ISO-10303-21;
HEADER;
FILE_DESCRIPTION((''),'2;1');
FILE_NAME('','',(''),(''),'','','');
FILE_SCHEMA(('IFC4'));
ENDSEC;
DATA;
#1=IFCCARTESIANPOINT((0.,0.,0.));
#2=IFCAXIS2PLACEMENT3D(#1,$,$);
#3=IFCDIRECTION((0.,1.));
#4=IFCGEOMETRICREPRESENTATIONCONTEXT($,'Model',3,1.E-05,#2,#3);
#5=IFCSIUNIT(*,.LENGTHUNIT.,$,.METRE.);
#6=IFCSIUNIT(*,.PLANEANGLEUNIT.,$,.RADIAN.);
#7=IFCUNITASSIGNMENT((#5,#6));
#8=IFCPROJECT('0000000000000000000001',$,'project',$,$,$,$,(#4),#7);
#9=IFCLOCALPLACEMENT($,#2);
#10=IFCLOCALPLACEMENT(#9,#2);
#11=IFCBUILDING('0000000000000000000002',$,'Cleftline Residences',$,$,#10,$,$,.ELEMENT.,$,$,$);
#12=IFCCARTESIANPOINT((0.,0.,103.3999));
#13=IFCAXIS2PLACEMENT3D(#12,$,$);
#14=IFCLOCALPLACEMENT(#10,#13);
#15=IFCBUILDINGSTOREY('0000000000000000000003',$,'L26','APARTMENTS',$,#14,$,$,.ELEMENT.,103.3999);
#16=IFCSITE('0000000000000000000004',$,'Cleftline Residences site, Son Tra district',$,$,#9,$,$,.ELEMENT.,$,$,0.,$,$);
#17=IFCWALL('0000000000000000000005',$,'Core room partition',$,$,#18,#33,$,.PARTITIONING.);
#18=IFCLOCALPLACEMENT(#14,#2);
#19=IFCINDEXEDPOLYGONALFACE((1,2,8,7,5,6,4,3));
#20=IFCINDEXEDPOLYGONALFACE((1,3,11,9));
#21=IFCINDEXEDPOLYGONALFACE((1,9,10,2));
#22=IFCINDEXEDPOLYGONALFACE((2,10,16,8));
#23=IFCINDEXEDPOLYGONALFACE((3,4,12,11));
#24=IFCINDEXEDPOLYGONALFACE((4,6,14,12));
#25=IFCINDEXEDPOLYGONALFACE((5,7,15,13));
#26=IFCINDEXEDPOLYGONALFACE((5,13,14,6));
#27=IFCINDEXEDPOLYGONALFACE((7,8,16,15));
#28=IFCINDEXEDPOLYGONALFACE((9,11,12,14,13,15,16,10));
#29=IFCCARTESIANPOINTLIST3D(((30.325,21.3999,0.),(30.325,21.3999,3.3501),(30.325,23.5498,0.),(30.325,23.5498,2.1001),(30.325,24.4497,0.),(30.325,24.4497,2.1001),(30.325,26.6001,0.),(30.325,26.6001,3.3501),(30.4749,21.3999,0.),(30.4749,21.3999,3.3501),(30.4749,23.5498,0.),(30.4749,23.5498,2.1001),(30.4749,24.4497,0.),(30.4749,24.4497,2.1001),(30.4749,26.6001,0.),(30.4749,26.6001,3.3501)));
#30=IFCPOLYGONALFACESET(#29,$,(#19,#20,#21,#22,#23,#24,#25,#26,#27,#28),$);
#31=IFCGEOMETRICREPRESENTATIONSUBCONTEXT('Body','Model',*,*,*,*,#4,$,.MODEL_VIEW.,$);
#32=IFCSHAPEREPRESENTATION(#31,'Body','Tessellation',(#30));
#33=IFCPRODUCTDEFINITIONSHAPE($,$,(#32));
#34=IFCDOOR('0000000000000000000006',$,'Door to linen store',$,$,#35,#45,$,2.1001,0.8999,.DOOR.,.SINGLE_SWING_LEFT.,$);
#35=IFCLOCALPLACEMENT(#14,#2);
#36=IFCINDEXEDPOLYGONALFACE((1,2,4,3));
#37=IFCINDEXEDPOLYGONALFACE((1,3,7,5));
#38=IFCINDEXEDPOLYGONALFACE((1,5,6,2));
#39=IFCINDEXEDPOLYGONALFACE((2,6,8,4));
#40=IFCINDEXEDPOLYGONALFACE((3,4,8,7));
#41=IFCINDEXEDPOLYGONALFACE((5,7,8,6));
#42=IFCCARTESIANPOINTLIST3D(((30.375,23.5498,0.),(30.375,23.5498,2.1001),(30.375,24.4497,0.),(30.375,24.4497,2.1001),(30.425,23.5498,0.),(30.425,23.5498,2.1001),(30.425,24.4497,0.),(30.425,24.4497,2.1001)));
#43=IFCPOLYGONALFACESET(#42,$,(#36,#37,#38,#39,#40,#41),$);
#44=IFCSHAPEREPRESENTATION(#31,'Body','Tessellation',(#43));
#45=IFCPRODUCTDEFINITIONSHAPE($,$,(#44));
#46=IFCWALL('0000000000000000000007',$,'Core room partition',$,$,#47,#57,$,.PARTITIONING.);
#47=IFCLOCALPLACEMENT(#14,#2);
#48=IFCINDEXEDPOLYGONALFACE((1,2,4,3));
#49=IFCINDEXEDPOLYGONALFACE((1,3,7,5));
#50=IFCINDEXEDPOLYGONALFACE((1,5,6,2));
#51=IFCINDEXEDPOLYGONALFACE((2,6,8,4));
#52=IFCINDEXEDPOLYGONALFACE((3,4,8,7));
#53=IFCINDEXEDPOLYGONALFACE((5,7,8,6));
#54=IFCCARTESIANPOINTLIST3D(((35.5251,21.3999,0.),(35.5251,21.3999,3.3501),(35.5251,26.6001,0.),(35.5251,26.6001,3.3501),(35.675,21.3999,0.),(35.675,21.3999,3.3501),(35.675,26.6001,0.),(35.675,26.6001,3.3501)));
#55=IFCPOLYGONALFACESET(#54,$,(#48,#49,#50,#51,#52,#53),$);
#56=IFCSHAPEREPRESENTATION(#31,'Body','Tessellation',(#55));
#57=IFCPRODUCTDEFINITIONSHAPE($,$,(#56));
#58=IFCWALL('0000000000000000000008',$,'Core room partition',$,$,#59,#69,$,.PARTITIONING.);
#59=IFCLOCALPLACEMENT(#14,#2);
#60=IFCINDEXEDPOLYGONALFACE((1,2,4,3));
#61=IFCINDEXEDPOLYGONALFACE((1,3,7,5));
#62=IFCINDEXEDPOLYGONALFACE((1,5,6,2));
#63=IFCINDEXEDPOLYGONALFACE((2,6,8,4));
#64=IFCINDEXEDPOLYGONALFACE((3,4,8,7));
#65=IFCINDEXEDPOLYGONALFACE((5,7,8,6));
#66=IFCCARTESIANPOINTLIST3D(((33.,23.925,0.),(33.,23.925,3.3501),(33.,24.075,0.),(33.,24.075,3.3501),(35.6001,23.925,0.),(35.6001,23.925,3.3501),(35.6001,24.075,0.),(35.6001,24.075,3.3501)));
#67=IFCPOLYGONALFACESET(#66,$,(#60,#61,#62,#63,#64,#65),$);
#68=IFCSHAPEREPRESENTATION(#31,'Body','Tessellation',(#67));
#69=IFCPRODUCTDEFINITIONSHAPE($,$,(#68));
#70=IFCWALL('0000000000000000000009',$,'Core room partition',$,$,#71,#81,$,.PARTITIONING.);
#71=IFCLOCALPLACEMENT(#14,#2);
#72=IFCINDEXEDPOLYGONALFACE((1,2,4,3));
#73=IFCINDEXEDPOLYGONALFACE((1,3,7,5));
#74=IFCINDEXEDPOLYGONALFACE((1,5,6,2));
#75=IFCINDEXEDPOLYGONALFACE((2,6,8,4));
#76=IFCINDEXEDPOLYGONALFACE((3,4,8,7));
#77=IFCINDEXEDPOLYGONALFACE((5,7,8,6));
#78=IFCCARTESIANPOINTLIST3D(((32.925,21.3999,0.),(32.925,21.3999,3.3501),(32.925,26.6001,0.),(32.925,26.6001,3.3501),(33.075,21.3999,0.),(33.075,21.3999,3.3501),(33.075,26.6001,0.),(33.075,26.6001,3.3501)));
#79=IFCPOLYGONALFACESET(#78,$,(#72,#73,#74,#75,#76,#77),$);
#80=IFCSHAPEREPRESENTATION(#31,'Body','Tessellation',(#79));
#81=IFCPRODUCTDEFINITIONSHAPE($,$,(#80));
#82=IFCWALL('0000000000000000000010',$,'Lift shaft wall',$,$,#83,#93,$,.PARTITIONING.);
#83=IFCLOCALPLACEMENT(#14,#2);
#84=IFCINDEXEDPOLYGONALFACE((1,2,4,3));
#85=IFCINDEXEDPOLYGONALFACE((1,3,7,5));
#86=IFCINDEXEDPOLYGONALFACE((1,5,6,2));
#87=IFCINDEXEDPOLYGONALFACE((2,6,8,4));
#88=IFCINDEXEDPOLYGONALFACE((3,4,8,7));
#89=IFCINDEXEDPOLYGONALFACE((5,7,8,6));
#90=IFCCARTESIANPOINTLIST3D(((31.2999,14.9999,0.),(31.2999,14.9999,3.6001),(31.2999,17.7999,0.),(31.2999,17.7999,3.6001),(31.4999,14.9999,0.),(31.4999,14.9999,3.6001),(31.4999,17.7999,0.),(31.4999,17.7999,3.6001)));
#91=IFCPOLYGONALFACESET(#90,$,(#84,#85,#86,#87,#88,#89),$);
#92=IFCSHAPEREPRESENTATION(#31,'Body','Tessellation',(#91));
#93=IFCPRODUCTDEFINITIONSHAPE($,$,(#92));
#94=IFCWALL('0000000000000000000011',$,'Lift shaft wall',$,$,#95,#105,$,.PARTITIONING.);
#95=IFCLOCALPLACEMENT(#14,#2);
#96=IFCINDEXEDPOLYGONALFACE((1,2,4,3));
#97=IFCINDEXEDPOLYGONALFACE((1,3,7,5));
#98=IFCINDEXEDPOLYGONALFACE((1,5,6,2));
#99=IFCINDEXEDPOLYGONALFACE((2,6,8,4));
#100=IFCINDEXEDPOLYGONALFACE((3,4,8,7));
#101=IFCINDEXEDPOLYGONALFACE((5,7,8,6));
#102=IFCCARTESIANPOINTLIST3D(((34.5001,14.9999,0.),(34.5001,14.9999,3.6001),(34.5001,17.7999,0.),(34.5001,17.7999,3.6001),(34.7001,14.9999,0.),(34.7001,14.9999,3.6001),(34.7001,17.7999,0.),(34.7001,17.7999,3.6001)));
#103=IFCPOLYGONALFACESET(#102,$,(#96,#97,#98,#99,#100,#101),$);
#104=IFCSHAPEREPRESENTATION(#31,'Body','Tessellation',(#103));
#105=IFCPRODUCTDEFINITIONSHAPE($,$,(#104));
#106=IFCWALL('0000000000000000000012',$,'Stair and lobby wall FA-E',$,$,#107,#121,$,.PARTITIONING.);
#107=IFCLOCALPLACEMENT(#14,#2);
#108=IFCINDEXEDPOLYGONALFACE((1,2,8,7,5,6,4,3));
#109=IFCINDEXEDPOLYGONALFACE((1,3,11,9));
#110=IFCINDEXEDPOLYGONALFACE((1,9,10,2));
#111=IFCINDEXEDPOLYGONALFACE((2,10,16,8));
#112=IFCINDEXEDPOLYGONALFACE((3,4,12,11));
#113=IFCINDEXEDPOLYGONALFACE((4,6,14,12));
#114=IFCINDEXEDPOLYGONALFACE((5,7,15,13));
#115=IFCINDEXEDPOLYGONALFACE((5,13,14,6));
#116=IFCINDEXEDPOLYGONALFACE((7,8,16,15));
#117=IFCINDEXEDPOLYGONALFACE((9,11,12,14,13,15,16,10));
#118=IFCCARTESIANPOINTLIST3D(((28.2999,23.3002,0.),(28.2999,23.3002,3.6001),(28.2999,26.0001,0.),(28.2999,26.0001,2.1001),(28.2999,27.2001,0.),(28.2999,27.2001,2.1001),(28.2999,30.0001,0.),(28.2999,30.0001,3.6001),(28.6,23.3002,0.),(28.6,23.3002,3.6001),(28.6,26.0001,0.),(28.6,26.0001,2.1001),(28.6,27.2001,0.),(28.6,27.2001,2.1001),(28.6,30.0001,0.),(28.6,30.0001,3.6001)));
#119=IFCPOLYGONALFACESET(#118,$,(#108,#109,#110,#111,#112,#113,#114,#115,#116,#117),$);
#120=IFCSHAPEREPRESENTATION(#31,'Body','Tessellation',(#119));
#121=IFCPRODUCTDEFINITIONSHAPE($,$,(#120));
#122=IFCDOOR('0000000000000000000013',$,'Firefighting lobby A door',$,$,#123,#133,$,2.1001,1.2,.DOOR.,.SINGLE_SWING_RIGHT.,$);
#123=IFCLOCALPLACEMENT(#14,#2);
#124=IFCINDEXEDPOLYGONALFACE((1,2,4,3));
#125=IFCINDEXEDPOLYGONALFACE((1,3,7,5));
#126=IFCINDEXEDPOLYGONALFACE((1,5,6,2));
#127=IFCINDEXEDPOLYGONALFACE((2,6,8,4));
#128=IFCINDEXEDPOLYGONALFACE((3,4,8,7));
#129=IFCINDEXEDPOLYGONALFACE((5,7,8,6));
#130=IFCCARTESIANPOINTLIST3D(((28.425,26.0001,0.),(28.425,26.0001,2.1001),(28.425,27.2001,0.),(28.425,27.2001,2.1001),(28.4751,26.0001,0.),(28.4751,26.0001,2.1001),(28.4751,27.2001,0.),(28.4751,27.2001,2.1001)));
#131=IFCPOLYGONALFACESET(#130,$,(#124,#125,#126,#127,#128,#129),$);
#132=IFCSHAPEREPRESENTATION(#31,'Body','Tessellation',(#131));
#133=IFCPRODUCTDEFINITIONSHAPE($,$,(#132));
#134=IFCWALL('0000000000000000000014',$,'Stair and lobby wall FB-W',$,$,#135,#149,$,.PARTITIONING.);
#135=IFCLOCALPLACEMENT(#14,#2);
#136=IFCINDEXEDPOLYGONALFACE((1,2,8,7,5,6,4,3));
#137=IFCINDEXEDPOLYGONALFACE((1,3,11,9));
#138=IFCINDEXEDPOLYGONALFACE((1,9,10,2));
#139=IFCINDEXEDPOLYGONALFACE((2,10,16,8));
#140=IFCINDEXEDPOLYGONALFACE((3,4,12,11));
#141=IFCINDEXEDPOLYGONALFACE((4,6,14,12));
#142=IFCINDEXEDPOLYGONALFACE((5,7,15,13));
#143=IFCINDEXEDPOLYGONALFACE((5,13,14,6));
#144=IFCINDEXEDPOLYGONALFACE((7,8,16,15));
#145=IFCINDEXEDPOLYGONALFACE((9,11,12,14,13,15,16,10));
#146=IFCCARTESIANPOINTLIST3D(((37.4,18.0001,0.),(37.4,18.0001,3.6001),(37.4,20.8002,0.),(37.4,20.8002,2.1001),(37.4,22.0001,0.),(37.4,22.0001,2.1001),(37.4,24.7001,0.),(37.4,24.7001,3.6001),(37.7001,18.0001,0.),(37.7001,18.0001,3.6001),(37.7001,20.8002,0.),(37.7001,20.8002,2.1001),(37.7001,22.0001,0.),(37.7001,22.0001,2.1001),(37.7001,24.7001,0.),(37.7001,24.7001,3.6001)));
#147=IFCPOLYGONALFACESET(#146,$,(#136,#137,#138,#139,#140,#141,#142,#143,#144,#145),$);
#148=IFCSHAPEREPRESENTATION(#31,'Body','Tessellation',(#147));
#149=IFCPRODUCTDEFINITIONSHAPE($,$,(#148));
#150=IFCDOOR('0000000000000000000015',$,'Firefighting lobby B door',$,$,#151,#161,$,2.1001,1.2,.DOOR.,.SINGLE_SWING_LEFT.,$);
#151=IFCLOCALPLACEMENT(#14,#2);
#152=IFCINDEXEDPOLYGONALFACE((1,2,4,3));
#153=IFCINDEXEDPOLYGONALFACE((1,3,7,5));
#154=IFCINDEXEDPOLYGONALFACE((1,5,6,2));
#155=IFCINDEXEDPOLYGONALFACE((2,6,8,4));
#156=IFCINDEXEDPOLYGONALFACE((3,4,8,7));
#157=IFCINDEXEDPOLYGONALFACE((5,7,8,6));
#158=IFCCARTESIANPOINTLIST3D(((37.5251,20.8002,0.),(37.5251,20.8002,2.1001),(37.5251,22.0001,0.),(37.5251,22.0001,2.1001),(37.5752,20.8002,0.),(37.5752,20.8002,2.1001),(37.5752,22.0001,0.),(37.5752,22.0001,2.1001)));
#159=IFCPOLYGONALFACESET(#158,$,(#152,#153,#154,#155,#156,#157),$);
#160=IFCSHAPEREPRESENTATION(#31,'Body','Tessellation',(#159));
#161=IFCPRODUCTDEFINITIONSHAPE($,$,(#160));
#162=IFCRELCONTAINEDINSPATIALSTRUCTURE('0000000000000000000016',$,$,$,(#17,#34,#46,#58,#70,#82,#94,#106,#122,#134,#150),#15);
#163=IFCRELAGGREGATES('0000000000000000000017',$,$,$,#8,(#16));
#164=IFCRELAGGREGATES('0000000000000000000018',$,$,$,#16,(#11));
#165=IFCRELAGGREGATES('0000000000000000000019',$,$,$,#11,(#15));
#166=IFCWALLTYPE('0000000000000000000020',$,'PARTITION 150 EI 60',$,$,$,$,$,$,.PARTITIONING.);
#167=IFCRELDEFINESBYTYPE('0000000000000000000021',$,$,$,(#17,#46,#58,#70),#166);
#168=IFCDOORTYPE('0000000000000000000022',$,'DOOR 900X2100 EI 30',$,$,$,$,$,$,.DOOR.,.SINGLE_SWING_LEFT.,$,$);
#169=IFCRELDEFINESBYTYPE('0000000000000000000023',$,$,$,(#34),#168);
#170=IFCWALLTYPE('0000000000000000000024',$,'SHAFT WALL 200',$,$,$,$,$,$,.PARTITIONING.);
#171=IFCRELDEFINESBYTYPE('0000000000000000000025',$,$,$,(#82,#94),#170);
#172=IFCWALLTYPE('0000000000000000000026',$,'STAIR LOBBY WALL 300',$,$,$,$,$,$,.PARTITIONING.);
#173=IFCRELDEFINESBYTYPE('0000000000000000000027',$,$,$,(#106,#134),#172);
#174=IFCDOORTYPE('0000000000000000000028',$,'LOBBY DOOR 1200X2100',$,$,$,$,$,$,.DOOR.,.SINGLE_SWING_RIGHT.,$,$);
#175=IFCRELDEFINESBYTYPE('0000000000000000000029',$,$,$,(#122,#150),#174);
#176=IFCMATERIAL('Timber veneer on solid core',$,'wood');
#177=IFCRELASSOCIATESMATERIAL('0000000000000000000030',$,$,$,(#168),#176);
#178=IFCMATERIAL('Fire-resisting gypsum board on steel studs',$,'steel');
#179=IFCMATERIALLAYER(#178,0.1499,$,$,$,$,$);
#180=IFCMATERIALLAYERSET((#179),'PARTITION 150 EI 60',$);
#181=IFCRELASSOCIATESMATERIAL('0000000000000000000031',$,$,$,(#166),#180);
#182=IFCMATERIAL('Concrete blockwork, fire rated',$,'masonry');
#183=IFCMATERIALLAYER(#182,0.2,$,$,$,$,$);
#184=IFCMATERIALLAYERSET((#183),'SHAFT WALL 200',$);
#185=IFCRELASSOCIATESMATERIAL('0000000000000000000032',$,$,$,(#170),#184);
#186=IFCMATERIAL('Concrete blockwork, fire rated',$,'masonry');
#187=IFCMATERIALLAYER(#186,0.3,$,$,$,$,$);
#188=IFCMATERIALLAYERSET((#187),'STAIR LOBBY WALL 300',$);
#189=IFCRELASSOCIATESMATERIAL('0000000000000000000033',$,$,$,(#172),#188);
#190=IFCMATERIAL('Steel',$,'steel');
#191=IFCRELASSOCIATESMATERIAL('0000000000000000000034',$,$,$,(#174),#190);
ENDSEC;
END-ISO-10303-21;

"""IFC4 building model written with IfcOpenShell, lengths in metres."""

from ifc_helpers import new_model, si_unit, direction, frame, frame_2d, origin, place, context, subcontext, project, spatial, rectangle, extrude, material, layer, layer_set, type_object, element, fill, save


model = new_model("IFC4")

# Units and contexts
model_context = context("Model", 3, precision=1e-05, world=origin(), true_north=direction((0.0, 1.0)))
body_context = subcontext(model_context, "Body", "Model", "MODEL_VIEW")
ifc_project = project(units=[si_unit("LENGTHUNIT", "METRE"), si_unit("PLANEANGLEUNIT", "RADIAN")], contexts=[model_context])

# Site, building, storey
site_placement = place(None, origin())
site = spatial("IfcSite", under=ifc_project, at=site_placement, Name="Cleftline Residences site, Son Tra district", CompositionType="ELEMENT", RefElevation=0.0)
building_placement = place(site_placement, origin())
building = spatial("IfcBuilding", under=site, at=building_placement, Name="Cleftline Residences", CompositionType="ELEMENT")
storey_placement = place(building_placement, frame((0.0, 0.0, 103.3999)))
storey = spatial("IfcBuildingStorey", under=building, at=storey_placement, Name="L26", Description="APARTMENTS", CompositionType="ELEMENT", Elevation=103.3999)

# Shared definitions
ifc_material_1 = material(Name="Timber veneer on solid core", Category="wood")
door_type_1 = type_object("IfcDoorType", Name="DOOR 900X2100 EI 30", OperationType="SINGLE_SWING_LEFT", PredefinedType="DOOR", material=ifc_material_1)

# Wall, opening, door
ifc_material_2 = material(Name="Fire-resisting gypsum board on steel studs", Category="steel")
ifc_layer_1 = layer(ifc_material_2, 0.1499)
ifc_layer_set_1 = layer_set([ifc_layer_1], Name="PARTITION 150 EI 60")
wall_type_1 = type_object("IfcWallType", Name="PARTITION 150 EI 60", PredefinedType="PARTITIONING", material=ifc_layer_set_1)
wall_1_placement = place(storey_placement, frame((30.3999, 21.3999, 0.0), z_axis=(0.0, 0.0, 1.0), x_axis=(0.0, 1.0, 0.0)))
wall_1 = element("IfcWall", 1, at=wall_1_placement, inside=storey, type_object=wall_type_1, Name="Core room partition", PredefinedType="PARTITIONING", context=body_context, shape_type="SweptSolid", body=[
    extrude(rectangle(XDim=5.2002, YDim=0.1499, at=frame_2d((2.6001, 0.0))), origin(), (0.0, 0.0, 1.0), 3.3501),
])
opening_1_placement = place(wall_1_placement, frame((2.1499, 0.0, 0.0)))
opening_1 = element("IfcOpeningElement", 2, at=opening_1_placement, cuts=wall_1, PredefinedType="OPENING", context=body_context, shape_type="SweptSolid", body=[
    extrude(rectangle(XDim=0.8999, YDim=2.1001, at=frame_2d((0.45, 1.05))), frame((0.0, 0.085, 0.0), z_axis=(0.0, -1.0, 0.0), x_axis=(1.0, 0.0, 0.0)), (0.0, 0.0, 1.0), 0.1699),
])
door_1_placement = place(opening_1_placement, origin())
door_1 = element("IfcDoor", 3, at=door_1_placement, inside=storey, type_object=door_type_1, Name="Door to linen store", OperationType="SINGLE_SWING_LEFT", OverallHeight=2.1001, OverallWidth=0.8999, PredefinedType="DOOR", context=body_context, shape_type="SweptSolid", body=[
    extrude(rectangle(XDim=0.8999, YDim=2.1001, at=frame_2d((0.45, 1.05))), frame((0.0, 0.0249, 0.0), z_axis=(0.0, -1.0, 0.0), x_axis=(1.0, 0.0, 0.0)), (0.0, 0.0, 1.0), 0.05),
])
fill(opening_1, door_1)

# Walls
wall_2_placement = place(storey_placement, frame((35.6001, 21.3999, 0.0), z_axis=(0.0, 0.0, 1.0), x_axis=(0.0, 1.0, 0.0)))
element("IfcWall", 4, at=wall_2_placement, inside=storey, type_object=wall_type_1, Name="Core room partition", PredefinedType="PARTITIONING", context=body_context, shape_type="SweptSolid", body=[
    extrude(rectangle(XDim=5.2002, YDim=0.1499, at=frame_2d((2.6001, 0.0))), origin(), (0.0, 0.0, 1.0), 3.3501),
])
wall_3_placement = place(storey_placement, frame((33.0, 24.0, 0.0), z_axis=(0.0, 0.0, 1.0), x_axis=(1.0, 0.0, 0.0)))
element("IfcWall", 5, at=wall_3_placement, inside=storey, type_object=wall_type_1, Name="Core room partition", PredefinedType="PARTITIONING", context=body_context, shape_type="SweptSolid", body=[
    extrude(rectangle(XDim=2.6001, YDim=0.1499, at=frame_2d((1.3, 0.0))), origin(), (0.0, 0.0, 1.0), 3.3501),
])
wall_4_placement = place(storey_placement, frame((33.0, 21.3999, 0.0), z_axis=(0.0, 0.0, 1.0), x_axis=(0.0, 1.0, 0.0)))
element("IfcWall", 6, at=wall_4_placement, inside=storey, type_object=wall_type_1, Name="Core room partition", PredefinedType="PARTITIONING", context=body_context, shape_type="SweptSolid", body=[
    extrude(rectangle(XDim=5.2002, YDim=0.1499, at=frame_2d((2.6001, 0.0))), origin(), (0.0, 0.0, 1.0), 3.3501),
])
ifc_material_3 = material(Name="Concrete blockwork, fire rated", Category="masonry")
ifc_layer_2 = layer(ifc_material_3, 0.2)
ifc_layer_set_2 = layer_set([ifc_layer_2], Name="SHAFT WALL 200")
wall_type_2 = type_object("IfcWallType", Name="SHAFT WALL 200", PredefinedType="PARTITIONING", material=ifc_layer_set_2)
for number, where, z_axis, x_axis, name in (
    (7, (31.3999, 15.0, 0.0), (0.0, 0.0, 1.0), (0.0, 1.0, 0.0), "Lift shaft wall"),
    (8, (34.6001, 15.0, 0.0), (0.0, 0.0, 1.0), (0.0, 1.0, 0.0), "Lift shaft wall"),
):
    element("IfcWall", number, at=place(storey_placement, frame(where, z_axis=z_axis, x_axis=x_axis)), inside=storey, type_object=wall_type_2, Name=name, PredefinedType="PARTITIONING", context=body_context, shape_type="SweptSolid", body=[
        extrude(rectangle(XDim=2.8, YDim=0.2, at=frame_2d((1.3999, 0.0))), origin(), (0.0, 0.0, 1.0), 3.6001),
    ])

# Walls, openings, doors
ifc_material_4 = material(Name="Concrete blockwork, fire rated", Category="masonry")
ifc_layer_3 = layer(ifc_material_4, 0.3)
ifc_layer_set_3 = layer_set([ifc_layer_3], Name="STAIR LOBBY WALL 300")
wall_type_3 = type_object("IfcWallType", Name="STAIR LOBBY WALL 300", PredefinedType="PARTITIONING", material=ifc_layer_set_3)
wall_5_placement = place(storey_placement, frame((28.45, 23.3, 0.0), z_axis=(0.0, 0.0, 1.0), x_axis=(0.0, 1.0, 0.0)))
wall_5 = element("IfcWall", 9, at=wall_5_placement, inside=storey, type_object=wall_type_3, Name="Stair and lobby wall FA-E", PredefinedType="PARTITIONING", context=body_context, shape_type="SweptSolid", body=[
    extrude(rectangle(XDim=6.7, YDim=0.3, at=frame_2d((3.3501, 0.0))), origin(), (0.0, 0.0, 1.0), 3.6001),
])
opening_2_placement = place(wall_5_placement, frame((2.7, 0.0, 0.0)))
opening_2 = element("IfcOpeningElement", 10, at=opening_2_placement, cuts=wall_5, PredefinedType="OPENING", context=body_context, shape_type="SweptSolid", body=[
    extrude(rectangle(XDim=1.2, YDim=2.1001, at=frame_2d((0.6001, 1.05))), frame((0.0, 0.1599, 0.0), z_axis=(0.0, -1.0, 0.0), x_axis=(1.0, 0.0, 0.0)), (0.0, 0.0, 1.0), 0.3201),
])
ifc_material_5 = material(Name="Steel", Category="steel")
door_type_2 = type_object("IfcDoorType", Name="LOBBY DOOR 1200X2100", OperationType="SINGLE_SWING_RIGHT", PredefinedType="DOOR", material=ifc_material_5)
door_2_placement = place(opening_2_placement, origin())
door_2 = element("IfcDoor", 11, at=door_2_placement, inside=storey, type_object=door_type_2, Name="Firefighting lobby A door", OperationType="SINGLE_SWING_RIGHT", OverallHeight=2.1001, OverallWidth=1.2, PredefinedType="DOOR", context=body_context, shape_type="SweptSolid", body=[
    extrude(rectangle(XDim=1.2, YDim=2.1001, at=frame_2d((0.6001, 1.05))), frame((0.0, 0.0249, 0.0), z_axis=(0.0, -1.0, 0.0), x_axis=(1.0, 0.0, 0.0)), (0.0, 0.0, 1.0), 0.05),
])
fill(opening_2, door_2)
wall_6_placement = place(storey_placement, frame((37.55, 18.0, 0.0), z_axis=(0.0, 0.0, 1.0), x_axis=(0.0, 1.0, 0.0)))
wall_6 = element("IfcWall", 12, at=wall_6_placement, inside=storey, type_object=wall_type_3, Name="Stair and lobby wall FB-W", PredefinedType="PARTITIONING", context=body_context, shape_type="SweptSolid", body=[
    extrude(rectangle(XDim=6.7, YDim=0.3, at=frame_2d((3.3501, 0.0))), origin(), (0.0, 0.0, 1.0), 3.6001),
])
opening_3_placement = place(wall_6_placement, frame((2.8, 0.0, 0.0)))
opening_3 = element("IfcOpeningElement", 13, at=opening_3_placement, cuts=wall_6, PredefinedType="OPENING", context=body_context, shape_type="SweptSolid", body=[
    extrude(rectangle(XDim=1.2, YDim=2.1001, at=frame_2d((0.6001, 1.05))), frame((0.0, 0.1599, 0.0), z_axis=(0.0, -1.0, 0.0), x_axis=(1.0, 0.0, 0.0)), (0.0, 0.0, 1.0), 0.3201),
])
door_3_placement = place(opening_3_placement, origin())
door_3 = element("IfcDoor", 14, at=door_3_placement, inside=storey, type_object=door_type_2, Name="Firefighting lobby B door", OperationType="SINGLE_SWING_LEFT", OverallHeight=2.1001, OverallWidth=1.2, PredefinedType="DOOR", context=body_context, shape_type="SweptSolid", body=[
    extrude(rectangle(XDim=1.2, YDim=2.1001, at=frame_2d((0.6001, 1.05))), frame((0.0, 0.0249, 0.0), z_axis=(0.0, -1.0, 0.0), x_axis=(1.0, 0.0, 0.0)), (0.0, 0.0, 1.0), 0.05),
])
fill(opening_3, door_3)

save(model, "model.ifc")
